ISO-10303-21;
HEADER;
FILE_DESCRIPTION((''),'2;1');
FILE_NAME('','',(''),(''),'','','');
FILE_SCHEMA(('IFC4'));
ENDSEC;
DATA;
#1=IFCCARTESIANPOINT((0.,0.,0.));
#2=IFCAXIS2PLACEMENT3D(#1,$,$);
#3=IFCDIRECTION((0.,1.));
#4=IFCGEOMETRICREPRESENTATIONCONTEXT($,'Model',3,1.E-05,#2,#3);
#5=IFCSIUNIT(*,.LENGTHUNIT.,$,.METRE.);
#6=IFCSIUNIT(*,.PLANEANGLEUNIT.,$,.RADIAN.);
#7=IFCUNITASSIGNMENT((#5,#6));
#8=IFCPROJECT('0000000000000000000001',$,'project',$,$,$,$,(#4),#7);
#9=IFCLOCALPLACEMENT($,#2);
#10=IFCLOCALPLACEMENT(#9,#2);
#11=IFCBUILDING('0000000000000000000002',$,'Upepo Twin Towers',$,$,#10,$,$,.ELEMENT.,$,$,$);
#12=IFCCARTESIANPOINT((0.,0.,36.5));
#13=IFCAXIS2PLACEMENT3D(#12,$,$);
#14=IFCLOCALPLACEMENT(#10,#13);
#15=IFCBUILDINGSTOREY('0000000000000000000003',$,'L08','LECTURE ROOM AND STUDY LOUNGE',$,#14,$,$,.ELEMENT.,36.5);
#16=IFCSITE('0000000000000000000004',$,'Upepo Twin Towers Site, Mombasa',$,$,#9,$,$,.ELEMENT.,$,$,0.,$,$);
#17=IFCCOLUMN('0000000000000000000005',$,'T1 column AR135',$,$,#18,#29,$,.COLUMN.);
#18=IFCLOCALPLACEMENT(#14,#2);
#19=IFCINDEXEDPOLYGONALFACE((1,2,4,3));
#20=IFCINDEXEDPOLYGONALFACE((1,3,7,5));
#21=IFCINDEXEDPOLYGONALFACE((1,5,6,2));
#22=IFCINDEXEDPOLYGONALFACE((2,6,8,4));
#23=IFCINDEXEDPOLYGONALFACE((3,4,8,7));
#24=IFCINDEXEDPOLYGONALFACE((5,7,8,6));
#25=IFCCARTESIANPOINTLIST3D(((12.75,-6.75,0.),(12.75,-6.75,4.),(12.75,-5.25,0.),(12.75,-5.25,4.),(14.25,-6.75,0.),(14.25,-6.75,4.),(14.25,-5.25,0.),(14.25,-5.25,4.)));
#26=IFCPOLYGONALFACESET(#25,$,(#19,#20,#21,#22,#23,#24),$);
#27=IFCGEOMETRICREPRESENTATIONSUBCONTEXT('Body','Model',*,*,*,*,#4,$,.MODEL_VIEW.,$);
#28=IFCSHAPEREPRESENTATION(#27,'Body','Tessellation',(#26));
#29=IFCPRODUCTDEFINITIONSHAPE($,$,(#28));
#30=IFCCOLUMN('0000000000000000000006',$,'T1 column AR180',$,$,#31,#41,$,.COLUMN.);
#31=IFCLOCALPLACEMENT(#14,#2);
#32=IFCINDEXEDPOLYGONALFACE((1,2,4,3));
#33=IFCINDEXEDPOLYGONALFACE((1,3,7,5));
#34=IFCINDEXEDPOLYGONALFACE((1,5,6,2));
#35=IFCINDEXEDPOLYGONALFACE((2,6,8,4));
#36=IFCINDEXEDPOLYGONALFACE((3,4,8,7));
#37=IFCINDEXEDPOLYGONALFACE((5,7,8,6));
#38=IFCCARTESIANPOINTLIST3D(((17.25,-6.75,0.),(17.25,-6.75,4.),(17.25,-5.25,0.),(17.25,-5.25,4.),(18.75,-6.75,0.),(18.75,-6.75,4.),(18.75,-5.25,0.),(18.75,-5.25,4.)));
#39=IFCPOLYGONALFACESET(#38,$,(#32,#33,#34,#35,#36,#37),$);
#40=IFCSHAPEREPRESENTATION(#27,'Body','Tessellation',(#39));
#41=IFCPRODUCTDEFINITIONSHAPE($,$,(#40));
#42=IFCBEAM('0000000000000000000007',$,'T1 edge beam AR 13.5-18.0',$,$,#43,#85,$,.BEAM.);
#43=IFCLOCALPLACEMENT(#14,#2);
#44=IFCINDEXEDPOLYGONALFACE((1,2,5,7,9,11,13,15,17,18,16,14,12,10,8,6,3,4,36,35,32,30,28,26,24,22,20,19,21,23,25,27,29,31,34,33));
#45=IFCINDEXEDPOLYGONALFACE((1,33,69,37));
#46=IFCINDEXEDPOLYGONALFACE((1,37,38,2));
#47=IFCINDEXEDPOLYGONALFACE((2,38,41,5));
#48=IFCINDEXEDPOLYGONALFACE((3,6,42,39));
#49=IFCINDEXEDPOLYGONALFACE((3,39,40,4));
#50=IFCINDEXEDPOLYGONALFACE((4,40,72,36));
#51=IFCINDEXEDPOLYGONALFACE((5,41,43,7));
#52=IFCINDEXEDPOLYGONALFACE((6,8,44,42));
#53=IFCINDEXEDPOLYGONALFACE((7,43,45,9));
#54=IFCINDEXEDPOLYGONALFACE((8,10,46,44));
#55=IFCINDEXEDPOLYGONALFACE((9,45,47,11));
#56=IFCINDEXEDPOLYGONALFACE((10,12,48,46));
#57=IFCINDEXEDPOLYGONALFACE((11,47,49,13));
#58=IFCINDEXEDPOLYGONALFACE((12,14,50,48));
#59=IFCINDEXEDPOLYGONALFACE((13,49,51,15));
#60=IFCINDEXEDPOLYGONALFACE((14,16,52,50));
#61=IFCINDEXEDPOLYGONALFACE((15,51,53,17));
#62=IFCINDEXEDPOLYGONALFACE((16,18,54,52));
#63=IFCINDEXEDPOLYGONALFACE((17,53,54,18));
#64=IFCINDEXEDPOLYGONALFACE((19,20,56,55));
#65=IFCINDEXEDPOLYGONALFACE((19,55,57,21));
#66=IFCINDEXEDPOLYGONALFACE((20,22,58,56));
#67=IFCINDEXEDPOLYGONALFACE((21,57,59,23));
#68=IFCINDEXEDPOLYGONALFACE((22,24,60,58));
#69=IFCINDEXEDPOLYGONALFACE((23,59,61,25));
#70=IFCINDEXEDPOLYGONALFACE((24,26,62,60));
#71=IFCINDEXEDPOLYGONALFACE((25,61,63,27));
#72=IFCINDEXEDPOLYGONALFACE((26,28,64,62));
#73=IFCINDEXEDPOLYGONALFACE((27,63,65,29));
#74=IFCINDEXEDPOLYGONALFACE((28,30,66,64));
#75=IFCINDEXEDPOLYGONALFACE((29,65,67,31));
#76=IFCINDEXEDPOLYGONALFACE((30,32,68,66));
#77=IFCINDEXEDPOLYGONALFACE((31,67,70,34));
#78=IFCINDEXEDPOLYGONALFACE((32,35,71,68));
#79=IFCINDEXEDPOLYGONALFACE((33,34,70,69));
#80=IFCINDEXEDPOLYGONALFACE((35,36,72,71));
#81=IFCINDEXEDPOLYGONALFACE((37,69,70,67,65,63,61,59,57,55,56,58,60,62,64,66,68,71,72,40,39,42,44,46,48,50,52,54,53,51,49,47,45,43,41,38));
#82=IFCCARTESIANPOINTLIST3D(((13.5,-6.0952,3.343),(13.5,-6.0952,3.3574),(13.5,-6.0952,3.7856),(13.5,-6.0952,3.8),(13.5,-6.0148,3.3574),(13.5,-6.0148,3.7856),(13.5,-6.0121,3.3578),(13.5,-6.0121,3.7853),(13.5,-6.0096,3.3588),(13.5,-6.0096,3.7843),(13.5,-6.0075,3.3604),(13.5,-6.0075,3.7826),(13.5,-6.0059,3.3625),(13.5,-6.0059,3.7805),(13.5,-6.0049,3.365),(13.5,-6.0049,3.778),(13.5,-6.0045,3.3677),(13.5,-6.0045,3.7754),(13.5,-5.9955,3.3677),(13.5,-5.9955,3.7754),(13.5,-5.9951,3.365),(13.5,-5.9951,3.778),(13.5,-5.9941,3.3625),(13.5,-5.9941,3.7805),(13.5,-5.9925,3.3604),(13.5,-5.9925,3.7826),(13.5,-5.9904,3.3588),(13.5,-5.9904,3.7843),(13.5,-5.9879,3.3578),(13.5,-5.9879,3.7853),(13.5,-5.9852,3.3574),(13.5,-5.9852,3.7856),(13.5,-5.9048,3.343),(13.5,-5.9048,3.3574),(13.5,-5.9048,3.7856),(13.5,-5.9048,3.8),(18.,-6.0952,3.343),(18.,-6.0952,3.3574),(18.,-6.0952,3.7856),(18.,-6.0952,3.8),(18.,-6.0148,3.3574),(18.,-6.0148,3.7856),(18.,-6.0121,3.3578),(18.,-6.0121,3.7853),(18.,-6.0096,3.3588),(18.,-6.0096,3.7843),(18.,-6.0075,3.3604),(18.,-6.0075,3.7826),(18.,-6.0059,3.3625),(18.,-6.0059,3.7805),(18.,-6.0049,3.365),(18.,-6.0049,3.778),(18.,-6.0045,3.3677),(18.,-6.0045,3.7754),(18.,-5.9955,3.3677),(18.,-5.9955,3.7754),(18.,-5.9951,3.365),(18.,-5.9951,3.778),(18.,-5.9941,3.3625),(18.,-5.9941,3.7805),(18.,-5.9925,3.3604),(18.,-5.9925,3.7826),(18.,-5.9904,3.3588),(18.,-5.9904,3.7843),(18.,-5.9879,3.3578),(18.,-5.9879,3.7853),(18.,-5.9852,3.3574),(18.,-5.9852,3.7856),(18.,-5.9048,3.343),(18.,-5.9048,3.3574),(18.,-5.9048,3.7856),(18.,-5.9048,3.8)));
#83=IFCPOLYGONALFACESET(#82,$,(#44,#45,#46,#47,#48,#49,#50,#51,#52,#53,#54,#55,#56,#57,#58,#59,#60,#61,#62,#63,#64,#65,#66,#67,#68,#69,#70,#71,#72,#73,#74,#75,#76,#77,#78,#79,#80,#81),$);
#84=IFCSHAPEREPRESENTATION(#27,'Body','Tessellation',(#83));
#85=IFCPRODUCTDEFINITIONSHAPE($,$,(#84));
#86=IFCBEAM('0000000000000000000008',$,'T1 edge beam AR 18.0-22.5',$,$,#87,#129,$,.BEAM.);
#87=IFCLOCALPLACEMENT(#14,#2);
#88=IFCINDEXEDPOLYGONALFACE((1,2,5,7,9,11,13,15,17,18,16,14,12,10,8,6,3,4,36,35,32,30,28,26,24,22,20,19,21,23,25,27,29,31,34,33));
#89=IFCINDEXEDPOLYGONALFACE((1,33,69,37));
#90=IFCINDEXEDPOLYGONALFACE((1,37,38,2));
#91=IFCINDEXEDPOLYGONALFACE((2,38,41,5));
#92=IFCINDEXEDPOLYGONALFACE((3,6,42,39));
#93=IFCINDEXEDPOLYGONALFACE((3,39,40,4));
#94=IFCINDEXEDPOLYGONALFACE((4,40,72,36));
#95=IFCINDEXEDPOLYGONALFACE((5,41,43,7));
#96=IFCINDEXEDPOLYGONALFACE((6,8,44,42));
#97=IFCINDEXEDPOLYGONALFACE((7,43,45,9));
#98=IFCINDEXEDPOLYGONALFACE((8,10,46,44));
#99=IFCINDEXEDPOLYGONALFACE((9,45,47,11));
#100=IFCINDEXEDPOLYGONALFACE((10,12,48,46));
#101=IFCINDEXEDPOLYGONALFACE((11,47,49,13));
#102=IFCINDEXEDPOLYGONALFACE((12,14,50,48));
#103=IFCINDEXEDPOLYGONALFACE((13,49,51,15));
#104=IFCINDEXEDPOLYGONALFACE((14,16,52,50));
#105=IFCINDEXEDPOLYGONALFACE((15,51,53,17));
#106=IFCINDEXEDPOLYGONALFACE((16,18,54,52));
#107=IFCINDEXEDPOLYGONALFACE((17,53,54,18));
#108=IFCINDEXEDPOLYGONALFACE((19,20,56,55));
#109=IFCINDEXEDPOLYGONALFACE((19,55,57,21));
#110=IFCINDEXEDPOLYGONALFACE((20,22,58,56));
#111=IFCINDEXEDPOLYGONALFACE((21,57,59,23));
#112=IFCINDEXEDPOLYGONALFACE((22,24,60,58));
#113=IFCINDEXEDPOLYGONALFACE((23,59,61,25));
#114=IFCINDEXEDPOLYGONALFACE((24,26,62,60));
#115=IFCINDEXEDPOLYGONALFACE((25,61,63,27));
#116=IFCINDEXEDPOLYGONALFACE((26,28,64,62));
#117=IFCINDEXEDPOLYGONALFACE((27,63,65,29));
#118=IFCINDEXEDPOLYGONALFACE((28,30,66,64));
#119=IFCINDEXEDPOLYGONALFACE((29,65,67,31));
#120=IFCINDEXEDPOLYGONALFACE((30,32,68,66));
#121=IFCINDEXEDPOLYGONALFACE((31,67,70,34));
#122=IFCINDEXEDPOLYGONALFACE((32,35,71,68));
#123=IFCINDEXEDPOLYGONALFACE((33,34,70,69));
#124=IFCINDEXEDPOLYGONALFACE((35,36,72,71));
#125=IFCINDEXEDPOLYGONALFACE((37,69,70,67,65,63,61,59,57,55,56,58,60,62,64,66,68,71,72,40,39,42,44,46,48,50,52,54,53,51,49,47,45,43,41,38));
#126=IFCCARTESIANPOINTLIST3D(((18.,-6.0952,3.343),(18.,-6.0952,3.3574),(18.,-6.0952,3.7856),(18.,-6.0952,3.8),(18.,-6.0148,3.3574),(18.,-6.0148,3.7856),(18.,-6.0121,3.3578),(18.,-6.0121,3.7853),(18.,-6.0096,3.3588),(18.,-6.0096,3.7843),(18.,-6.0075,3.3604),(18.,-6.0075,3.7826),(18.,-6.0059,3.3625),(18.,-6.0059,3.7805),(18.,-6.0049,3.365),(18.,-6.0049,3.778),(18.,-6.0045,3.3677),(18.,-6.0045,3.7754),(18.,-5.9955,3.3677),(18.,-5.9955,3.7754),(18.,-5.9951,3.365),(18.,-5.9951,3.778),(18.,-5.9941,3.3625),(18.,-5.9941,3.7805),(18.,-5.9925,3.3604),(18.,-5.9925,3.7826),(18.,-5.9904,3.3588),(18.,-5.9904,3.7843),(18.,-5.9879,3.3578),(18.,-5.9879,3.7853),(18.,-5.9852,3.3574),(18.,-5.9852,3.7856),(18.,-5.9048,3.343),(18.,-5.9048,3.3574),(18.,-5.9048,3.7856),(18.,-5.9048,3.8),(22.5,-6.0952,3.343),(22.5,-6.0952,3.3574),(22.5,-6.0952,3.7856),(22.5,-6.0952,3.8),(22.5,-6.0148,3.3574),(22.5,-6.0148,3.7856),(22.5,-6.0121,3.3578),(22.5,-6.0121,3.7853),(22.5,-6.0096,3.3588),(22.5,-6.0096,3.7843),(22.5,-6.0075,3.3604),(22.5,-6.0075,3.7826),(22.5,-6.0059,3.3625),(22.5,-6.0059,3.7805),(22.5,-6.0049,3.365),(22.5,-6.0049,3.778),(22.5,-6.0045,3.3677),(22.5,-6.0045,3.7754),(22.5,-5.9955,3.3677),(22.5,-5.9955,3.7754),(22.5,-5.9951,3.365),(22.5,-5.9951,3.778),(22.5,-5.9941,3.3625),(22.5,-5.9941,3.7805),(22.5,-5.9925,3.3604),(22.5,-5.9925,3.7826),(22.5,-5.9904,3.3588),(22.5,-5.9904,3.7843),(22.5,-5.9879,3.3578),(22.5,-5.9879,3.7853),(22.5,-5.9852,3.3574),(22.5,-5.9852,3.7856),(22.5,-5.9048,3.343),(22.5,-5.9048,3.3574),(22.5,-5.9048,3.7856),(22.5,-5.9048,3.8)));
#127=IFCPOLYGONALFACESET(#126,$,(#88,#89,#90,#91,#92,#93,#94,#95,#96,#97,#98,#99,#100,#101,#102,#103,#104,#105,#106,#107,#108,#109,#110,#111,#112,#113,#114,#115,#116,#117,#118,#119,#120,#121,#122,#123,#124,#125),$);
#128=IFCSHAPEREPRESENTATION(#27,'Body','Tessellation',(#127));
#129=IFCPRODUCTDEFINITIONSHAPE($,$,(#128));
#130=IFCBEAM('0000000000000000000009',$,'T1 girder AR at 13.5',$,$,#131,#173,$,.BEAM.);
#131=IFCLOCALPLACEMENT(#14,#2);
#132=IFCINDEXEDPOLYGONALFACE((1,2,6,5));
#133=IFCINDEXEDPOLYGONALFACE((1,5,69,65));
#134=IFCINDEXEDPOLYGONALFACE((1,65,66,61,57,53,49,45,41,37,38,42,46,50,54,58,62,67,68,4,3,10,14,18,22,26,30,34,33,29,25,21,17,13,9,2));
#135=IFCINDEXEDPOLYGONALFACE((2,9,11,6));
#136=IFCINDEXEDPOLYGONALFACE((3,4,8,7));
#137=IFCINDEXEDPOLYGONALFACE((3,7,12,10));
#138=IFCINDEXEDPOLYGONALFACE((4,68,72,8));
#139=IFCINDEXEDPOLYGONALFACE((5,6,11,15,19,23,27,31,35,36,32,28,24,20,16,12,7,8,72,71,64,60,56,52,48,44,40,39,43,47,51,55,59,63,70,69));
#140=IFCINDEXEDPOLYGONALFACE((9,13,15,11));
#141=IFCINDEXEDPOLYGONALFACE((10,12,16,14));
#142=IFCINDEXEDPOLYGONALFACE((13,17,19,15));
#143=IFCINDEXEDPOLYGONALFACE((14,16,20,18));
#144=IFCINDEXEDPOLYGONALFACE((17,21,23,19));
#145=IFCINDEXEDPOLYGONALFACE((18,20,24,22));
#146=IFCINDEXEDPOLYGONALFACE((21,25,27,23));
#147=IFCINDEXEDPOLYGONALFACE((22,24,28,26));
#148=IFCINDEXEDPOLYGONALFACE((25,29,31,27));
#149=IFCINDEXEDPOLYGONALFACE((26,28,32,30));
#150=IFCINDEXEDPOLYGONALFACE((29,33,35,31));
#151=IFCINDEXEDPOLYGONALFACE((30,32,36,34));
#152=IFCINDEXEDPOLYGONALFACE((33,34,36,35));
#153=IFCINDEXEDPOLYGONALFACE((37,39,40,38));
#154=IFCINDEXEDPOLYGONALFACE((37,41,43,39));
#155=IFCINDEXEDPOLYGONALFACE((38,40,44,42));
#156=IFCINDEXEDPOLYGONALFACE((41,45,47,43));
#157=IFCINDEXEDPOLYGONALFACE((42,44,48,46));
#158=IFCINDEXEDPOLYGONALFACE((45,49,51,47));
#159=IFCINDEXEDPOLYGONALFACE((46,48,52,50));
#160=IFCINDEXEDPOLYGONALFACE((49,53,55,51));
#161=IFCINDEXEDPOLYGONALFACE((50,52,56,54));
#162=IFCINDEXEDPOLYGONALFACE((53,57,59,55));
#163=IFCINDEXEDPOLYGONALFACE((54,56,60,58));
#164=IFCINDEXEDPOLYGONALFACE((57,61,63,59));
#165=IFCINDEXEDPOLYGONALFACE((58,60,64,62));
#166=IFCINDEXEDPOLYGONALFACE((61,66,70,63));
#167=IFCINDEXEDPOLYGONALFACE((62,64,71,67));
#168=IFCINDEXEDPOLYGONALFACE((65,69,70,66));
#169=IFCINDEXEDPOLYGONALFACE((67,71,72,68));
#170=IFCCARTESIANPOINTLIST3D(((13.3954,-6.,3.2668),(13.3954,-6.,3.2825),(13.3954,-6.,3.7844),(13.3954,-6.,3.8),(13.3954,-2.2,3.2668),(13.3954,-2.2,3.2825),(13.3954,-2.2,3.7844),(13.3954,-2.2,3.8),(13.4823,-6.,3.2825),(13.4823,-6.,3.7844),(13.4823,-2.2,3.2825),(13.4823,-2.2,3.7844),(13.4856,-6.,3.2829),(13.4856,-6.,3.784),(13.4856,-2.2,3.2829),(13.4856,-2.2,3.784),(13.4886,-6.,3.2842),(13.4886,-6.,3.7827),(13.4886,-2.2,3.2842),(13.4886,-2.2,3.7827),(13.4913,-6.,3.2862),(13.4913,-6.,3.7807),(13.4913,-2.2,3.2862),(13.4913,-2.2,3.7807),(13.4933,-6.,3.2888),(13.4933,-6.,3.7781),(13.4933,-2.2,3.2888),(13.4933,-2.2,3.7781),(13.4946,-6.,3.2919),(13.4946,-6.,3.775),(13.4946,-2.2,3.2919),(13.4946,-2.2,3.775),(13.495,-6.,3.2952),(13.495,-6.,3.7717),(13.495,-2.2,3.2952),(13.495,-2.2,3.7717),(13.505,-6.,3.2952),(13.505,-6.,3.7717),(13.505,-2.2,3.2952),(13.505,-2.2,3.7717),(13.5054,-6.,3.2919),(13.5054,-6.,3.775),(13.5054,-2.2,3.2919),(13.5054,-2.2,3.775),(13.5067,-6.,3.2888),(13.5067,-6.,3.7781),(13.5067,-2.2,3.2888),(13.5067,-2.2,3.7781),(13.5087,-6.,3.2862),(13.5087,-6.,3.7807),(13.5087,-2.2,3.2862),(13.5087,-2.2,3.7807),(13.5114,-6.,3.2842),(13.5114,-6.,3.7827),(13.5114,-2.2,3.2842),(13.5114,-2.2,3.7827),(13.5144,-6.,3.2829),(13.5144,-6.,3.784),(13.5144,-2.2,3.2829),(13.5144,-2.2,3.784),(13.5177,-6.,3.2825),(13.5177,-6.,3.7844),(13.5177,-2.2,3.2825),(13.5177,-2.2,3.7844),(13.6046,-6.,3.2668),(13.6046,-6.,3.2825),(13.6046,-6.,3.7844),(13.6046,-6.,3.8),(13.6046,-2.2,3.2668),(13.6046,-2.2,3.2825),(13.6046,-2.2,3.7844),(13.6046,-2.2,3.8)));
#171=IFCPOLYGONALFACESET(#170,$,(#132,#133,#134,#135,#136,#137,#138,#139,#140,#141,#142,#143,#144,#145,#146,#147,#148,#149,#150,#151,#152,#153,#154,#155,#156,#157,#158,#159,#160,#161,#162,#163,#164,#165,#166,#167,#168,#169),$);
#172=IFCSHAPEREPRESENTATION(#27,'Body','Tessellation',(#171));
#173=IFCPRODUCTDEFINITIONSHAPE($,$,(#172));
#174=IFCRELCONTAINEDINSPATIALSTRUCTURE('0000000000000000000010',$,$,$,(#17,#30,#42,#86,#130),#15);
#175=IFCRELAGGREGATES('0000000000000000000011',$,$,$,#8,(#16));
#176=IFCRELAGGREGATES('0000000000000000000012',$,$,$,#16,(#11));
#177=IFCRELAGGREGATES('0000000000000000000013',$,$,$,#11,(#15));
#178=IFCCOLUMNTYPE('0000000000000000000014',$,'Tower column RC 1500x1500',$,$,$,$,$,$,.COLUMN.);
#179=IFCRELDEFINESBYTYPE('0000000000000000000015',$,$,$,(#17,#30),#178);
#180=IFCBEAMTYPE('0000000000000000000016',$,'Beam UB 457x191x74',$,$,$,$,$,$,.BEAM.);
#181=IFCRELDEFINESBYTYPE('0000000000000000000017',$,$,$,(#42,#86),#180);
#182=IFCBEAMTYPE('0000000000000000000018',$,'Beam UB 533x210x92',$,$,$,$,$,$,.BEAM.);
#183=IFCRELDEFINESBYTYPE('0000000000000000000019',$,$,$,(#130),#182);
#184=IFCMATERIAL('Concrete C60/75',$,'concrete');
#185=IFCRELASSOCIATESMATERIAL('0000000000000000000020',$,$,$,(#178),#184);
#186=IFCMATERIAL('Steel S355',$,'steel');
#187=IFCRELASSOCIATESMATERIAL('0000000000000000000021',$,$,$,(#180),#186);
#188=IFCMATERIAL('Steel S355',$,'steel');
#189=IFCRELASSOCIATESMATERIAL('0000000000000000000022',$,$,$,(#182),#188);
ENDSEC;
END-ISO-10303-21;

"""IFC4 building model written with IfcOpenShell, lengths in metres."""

from ifc_helpers import new_model, si_unit, direction, frame, origin, origin_2d, place, context, subcontext, project, spatial, rectangle, i_section, extrude, material, material_profile, profile_set, type_object, element, save


model = new_model("IFC4")

# Units and contexts
model_context = context("Model", 3, precision=1e-05, world=origin(), true_north=direction((0.0, 1.0)))
body_context = subcontext(model_context, "Body", "Model", "MODEL_VIEW")
ifc_project = project(units=[si_unit("LENGTHUNIT", "METRE"), si_unit("PLANEANGLEUNIT", "RADIAN")], contexts=[model_context])

# Site, building, storey
site_placement = place(None, origin())
site = spatial("IfcSite", under=ifc_project, at=site_placement, Name="Upepo Twin Towers Site, Mombasa", CompositionType="ELEMENT", RefElevation=0.0)
building_placement = place(site_placement, origin())
building = spatial("IfcBuilding", under=site, at=building_placement, Name="Upepo Twin Towers", CompositionType="ELEMENT")
storey_placement = place(building_placement, frame((0.0, 0.0, 36.5)))
storey = spatial("IfcBuildingStorey", under=building, at=storey_placement, Name="L08", Description="LECTURE ROOM AND STUDY LOUNGE", CompositionType="ELEMENT", Elevation=36.5)

# Columns
ifc_material_1 = material(Name="Concrete C60/75", Category="concrete")
ifc_material_profile_1 = material_profile(ifc_material_1, rectangle(XDim=1.5, YDim=1.5, at=origin_2d()), Name="RC 1500x1500")
ifc_profile_set_1 = profile_set([ifc_material_profile_1], Name="Concrete C60/75")
column_type = type_object("IfcColumnType", Name="Tower column RC 1500x1500", PredefinedType="COLUMN", material=ifc_profile_set_1)
for number, where, z_axis, x_axis, name in (
    (1, (13.5, -6.0, 0.0), (0.0, 0.0, 1.0), (1.0, 0.0, 0.0), "T1 column AR135"),
    (2, (18.0, -6.0, 0.0), (0.0, 0.0, 1.0), (1.0, 0.0, 0.0), "T1 column AR180"),
):
    element("IfcColumn", number, at=place(storey_placement, frame(where, z_axis=z_axis, x_axis=x_axis)), inside=storey, type_object=column_type, Name=name, PredefinedType="COLUMN", context=body_context, shape_type="SweptSolid", body=[
        extrude(rectangle(XDim=1.5, YDim=1.5, at=origin_2d()), origin(), (0.0, 0.0, 1.0), 4.0),
    ])

# Beams
ifc_material_2 = material(Name="Steel S355", Category="steel")
ifc_material_profile_2 = material_profile(ifc_material_2, i_section(OverallWidth=0.1904, OverallDepth=0.457, WebThickness=0.009, FlangeThickness=0.0144, FilletRadius=0.0103, at=origin_2d()), Name="UB 457x191x74")
ifc_profile_set_2 = profile_set([ifc_material_profile_2], Name="Steel S355")
beam_type_1 = type_object("IfcBeamType", Name="Beam UB 457x191x74", PredefinedType="BEAM", material=ifc_profile_set_2)
for number, where, z_axis, x_axis, name in (
    (3, (13.5, -6.0, 3.5715), (1.0, 0.0, 0.0), (0.0, 1.0, 0.0), "T1 edge beam AR 13.5-18.0"),
    (4, (18.0, -6.0, 3.5715), (1.0, 0.0, 0.0), (0.0, 1.0, 0.0), "T1 edge beam AR 18.0-22.5"),
):
    element("IfcBeam", number, at=place(storey_placement, frame(where, z_axis=z_axis, x_axis=x_axis)), inside=storey, type_object=beam_type_1, Name=name, PredefinedType="BEAM", context=body_context, shape_type="SweptSolid", body=[
        extrude(i_section(OverallWidth=0.1904, OverallDepth=0.457, WebThickness=0.009, FlangeThickness=0.0144, FilletRadius=0.0103, at=origin_2d()), origin(), (0.0, 0.0, 1.0), 4.5),
    ])
ifc_material_3 = material(Name="Steel S355", Category="steel")
ifc_material_profile_3 = material_profile(ifc_material_3, i_section(OverallWidth=0.2092, OverallDepth=0.5332, WebThickness=0.01, FlangeThickness=0.0156, FilletRadius=0.0127, at=origin_2d()), Name="UB 533x210x92")
ifc_profile_set_3 = profile_set([ifc_material_profile_3], Name="Steel S355")
beam_type_2 = type_object("IfcBeamType", Name="Beam UB 533x210x92", PredefinedType="BEAM", material=ifc_profile_set_3)
for number, where, z_axis, x_axis, name in (
    (5, (13.5, -6.0, 3.5334), (0.0, 1.0, 0.0), (-1.0, 0.0, 0.0), "T1 girder AR at 13.5"),
):
    element("IfcBeam", number, at=place(storey_placement, frame(where, z_axis=z_axis, x_axis=x_axis)), inside=storey, type_object=beam_type_2, Name=name, PredefinedType="BEAM", context=body_context, shape_type="SweptSolid", body=[
        extrude(i_section(OverallWidth=0.2092, OverallDepth=0.5332, WebThickness=0.01, FlangeThickness=0.0156, FilletRadius=0.0127, at=origin_2d()), origin(), (0.0, 0.0, 1.0), 3.8),
    ])

save(model, "model.ifc")
